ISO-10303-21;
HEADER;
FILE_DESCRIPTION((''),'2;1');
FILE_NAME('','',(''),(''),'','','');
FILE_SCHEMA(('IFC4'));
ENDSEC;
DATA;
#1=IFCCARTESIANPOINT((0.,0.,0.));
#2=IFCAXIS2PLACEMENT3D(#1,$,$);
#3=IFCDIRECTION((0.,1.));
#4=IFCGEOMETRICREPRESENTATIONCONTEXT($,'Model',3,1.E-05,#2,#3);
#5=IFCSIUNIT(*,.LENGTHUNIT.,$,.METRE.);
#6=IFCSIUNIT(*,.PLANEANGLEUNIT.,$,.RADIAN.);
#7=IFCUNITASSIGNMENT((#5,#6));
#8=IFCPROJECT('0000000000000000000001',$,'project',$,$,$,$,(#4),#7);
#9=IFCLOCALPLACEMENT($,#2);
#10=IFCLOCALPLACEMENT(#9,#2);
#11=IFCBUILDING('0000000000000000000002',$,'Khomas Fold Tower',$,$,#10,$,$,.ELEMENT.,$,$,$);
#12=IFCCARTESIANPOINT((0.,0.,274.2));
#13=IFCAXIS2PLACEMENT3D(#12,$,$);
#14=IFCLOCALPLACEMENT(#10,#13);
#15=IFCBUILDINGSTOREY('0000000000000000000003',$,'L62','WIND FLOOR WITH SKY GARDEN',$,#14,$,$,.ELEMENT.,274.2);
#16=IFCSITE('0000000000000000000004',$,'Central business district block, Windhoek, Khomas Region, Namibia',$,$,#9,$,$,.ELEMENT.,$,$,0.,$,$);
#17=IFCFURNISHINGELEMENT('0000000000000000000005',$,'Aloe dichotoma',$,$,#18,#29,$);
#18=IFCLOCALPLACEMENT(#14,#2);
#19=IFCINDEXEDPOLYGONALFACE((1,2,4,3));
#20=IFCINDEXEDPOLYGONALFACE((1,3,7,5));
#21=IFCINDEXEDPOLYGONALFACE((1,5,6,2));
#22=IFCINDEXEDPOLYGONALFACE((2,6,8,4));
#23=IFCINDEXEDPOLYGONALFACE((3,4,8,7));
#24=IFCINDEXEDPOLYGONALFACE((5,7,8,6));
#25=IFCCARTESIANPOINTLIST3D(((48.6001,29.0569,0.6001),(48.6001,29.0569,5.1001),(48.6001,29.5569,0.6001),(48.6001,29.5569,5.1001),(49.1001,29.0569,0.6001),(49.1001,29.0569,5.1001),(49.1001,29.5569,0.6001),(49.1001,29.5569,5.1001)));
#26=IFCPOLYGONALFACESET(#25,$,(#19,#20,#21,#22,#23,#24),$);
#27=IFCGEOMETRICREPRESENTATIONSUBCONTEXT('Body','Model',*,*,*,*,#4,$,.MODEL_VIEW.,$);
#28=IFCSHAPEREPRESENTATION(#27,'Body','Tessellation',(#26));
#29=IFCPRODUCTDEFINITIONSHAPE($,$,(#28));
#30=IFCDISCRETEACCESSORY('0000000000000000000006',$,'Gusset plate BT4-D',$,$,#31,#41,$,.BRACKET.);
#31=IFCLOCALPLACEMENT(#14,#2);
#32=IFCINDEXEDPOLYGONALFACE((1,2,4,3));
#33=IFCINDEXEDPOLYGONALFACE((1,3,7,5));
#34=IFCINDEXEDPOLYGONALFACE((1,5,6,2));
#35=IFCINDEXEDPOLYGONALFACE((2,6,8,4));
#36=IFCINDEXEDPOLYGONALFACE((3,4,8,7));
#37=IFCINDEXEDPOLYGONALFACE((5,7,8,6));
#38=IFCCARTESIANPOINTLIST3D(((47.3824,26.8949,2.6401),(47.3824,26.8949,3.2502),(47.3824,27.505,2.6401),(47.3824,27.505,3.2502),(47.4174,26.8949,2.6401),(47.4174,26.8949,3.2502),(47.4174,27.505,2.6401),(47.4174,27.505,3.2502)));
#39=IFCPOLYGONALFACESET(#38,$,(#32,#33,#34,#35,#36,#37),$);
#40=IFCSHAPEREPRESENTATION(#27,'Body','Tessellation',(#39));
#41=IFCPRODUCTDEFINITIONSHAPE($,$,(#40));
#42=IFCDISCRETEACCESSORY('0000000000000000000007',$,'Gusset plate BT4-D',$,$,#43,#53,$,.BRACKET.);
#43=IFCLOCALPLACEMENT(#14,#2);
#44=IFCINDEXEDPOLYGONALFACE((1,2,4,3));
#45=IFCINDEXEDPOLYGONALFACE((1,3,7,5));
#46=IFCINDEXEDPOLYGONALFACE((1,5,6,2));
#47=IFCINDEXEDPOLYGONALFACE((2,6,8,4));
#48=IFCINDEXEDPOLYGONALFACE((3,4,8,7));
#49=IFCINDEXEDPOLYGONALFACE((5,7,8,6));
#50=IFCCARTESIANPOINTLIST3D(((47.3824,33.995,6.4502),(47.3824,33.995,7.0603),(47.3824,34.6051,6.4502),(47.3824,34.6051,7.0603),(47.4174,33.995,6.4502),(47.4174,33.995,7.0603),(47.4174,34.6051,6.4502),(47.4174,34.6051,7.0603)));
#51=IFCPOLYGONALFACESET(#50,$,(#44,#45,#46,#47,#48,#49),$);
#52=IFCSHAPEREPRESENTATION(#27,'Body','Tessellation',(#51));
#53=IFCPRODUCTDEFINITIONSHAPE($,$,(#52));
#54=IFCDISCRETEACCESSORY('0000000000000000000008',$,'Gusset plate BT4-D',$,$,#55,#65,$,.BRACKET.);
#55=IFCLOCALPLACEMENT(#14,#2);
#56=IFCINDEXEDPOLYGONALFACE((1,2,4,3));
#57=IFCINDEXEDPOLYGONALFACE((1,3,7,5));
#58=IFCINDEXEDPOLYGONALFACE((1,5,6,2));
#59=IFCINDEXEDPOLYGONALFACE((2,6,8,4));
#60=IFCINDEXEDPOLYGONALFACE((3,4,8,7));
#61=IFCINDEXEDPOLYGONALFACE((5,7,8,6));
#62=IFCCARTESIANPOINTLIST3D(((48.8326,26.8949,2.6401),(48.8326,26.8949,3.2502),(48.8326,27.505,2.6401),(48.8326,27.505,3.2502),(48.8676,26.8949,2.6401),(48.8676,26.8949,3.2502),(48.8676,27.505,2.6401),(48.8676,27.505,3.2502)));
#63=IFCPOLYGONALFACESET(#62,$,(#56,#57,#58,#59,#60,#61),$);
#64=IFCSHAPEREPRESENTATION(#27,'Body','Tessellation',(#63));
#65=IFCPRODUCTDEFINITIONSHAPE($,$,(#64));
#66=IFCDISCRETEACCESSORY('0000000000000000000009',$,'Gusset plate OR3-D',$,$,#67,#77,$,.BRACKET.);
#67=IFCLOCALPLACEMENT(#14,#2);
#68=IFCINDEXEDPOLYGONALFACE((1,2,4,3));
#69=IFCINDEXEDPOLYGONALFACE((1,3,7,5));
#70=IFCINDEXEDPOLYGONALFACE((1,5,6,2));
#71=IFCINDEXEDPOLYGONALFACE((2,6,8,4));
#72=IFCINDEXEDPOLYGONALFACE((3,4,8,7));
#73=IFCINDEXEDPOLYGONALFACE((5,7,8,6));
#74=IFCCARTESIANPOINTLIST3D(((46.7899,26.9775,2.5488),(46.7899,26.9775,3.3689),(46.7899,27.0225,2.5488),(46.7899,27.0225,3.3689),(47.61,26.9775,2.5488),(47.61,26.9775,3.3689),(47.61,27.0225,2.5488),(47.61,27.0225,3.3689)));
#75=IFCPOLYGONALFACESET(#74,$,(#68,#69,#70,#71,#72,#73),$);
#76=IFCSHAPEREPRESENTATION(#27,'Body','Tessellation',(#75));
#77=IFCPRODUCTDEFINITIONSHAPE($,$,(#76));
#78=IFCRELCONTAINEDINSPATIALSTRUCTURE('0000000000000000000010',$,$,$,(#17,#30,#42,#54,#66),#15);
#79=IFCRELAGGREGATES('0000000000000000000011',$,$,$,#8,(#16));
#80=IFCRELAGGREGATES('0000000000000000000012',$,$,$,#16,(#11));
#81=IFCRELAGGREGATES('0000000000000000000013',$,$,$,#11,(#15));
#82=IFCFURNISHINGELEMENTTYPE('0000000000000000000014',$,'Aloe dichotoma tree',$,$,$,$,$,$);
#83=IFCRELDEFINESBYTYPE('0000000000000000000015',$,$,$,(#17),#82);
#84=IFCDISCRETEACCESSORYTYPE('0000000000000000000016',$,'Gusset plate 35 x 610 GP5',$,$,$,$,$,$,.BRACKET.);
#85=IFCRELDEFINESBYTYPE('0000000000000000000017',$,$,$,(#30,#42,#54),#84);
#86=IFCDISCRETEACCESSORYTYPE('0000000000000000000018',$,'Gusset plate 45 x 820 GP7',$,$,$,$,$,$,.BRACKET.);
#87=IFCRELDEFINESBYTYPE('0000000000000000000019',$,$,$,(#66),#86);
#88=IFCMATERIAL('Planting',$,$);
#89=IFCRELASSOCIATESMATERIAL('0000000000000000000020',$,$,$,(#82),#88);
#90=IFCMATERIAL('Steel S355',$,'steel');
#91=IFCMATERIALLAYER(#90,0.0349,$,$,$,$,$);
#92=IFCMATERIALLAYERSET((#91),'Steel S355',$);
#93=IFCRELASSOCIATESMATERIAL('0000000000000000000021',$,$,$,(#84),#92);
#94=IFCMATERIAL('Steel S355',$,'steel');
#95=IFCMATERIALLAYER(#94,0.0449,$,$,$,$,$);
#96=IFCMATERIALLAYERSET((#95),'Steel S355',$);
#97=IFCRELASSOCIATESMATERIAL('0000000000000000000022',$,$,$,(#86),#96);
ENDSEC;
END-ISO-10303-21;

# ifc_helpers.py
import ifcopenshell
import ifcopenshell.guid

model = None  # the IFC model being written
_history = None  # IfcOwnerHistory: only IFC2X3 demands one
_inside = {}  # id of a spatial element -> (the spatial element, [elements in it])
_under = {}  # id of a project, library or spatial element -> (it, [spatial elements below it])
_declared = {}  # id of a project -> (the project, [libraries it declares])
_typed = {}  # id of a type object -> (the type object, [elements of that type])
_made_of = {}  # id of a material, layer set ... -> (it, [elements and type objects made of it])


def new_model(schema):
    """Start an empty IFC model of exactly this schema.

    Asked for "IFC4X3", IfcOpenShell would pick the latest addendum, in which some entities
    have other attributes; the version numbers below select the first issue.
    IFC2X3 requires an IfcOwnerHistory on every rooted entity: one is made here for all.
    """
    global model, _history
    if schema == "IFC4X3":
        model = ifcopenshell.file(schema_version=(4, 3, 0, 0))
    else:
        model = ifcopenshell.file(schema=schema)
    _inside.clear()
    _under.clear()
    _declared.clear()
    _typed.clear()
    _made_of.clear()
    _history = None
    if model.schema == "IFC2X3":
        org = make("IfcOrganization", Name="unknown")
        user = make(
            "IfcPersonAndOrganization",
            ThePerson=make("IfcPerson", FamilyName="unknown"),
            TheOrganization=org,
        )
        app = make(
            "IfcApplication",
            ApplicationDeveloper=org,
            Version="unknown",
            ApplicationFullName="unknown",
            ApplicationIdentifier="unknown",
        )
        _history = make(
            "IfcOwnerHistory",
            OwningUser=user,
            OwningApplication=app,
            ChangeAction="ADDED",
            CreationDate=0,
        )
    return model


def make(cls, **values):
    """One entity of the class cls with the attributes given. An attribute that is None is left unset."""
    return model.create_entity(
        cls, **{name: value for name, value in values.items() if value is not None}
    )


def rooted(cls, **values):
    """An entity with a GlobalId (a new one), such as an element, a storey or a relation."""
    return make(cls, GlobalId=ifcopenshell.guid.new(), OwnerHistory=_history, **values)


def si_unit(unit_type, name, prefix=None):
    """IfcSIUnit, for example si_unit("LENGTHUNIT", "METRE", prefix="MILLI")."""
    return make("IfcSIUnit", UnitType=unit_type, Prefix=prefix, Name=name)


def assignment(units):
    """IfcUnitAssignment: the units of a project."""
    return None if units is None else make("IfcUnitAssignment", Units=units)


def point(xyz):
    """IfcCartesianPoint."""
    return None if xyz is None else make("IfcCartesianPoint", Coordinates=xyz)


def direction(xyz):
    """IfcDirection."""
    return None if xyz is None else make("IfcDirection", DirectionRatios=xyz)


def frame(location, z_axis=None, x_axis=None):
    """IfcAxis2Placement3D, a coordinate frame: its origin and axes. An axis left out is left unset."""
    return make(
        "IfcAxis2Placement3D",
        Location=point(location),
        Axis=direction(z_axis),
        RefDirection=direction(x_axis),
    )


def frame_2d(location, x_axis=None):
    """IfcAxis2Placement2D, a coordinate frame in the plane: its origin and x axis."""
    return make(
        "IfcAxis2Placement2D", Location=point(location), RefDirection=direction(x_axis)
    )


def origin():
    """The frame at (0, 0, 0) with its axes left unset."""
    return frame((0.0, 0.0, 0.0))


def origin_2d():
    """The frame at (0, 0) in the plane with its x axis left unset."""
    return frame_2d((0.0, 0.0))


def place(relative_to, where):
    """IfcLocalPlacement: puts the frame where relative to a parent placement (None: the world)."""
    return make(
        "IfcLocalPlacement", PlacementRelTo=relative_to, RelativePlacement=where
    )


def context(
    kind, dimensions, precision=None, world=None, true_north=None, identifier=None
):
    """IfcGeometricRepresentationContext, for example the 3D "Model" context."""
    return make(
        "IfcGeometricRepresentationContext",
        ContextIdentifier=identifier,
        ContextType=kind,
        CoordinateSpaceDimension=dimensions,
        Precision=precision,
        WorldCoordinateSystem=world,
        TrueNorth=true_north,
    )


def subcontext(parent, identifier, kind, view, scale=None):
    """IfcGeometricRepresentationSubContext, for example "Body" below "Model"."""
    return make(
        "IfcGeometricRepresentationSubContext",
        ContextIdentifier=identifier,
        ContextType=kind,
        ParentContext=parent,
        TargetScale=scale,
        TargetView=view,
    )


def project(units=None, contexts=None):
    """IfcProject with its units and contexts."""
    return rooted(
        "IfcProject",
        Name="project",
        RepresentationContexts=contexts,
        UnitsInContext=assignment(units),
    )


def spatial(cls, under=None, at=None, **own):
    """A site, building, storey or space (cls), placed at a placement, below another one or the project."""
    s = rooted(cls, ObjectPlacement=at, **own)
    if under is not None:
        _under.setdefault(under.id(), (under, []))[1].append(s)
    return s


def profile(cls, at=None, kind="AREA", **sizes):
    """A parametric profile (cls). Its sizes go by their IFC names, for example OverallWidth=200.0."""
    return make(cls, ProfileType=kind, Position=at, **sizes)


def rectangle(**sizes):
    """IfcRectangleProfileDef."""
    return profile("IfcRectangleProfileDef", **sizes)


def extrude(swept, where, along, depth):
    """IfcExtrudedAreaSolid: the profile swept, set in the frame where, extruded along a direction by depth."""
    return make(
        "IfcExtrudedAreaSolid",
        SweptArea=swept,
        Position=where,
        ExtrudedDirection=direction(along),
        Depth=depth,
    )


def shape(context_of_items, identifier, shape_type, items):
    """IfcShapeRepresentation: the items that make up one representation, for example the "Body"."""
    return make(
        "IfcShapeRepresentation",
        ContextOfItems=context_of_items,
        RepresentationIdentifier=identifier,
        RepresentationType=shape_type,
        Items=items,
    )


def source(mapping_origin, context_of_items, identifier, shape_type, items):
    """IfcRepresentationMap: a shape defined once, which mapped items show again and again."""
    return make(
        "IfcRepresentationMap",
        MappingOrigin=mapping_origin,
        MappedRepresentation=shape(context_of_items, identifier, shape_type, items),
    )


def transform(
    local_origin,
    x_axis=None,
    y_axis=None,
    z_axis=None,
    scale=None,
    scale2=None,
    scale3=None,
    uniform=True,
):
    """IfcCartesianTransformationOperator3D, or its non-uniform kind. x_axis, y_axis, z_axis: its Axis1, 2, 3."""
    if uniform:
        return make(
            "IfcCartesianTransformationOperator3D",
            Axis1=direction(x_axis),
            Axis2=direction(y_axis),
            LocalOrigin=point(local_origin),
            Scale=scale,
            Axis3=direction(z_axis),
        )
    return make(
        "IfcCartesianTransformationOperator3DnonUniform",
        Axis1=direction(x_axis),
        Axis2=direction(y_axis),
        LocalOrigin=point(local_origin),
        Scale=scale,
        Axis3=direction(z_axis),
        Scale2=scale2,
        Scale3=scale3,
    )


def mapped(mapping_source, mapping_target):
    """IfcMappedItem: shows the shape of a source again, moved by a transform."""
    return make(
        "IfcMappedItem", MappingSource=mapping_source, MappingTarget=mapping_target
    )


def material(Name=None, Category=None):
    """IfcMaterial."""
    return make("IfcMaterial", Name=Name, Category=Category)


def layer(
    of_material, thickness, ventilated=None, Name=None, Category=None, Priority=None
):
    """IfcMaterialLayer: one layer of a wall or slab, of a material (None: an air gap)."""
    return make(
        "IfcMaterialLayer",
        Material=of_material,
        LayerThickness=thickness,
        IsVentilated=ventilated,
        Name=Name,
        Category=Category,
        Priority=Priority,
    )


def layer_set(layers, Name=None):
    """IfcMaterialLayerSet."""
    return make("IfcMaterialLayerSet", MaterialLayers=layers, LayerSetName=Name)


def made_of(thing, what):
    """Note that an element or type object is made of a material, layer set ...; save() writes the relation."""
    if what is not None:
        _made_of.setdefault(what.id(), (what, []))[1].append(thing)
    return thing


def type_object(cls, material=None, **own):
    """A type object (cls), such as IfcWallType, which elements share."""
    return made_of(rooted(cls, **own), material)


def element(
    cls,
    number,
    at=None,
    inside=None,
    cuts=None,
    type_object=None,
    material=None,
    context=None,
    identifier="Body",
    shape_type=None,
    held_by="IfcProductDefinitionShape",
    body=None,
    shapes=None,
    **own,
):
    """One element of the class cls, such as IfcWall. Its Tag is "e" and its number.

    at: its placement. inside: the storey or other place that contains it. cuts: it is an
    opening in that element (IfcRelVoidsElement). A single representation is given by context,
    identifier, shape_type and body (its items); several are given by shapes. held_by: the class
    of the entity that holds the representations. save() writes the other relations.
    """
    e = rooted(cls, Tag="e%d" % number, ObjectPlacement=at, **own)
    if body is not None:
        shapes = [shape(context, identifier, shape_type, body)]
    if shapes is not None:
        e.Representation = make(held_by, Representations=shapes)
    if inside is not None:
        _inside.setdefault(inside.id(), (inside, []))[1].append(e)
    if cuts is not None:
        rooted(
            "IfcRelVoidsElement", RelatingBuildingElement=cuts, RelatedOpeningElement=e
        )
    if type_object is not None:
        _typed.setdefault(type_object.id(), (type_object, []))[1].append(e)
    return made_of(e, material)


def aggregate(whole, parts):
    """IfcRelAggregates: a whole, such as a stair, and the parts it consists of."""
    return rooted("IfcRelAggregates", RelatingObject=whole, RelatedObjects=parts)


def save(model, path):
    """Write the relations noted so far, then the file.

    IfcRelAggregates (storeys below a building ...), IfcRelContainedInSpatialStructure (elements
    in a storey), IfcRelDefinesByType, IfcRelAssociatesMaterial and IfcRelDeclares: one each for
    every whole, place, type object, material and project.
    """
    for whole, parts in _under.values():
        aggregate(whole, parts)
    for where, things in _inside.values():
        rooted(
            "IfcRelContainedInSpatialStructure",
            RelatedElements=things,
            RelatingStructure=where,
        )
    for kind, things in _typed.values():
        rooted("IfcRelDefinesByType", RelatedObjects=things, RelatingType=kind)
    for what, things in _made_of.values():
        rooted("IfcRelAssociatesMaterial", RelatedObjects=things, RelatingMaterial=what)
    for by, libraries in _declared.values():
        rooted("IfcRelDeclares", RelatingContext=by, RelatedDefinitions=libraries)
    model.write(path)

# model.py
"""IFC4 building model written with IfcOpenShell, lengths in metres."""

from ifc_helpers import new_model, si_unit, direction, frame, origin, origin_2d, place, context, subcontext, project, spatial, rectangle, extrude, source, transform, mapped, material, layer, layer_set, type_object, element, save


model = new_model("IFC4")

# Units and contexts
model_context = context("Model", 3, precision=1e-05, world=origin(), true_north=direction((0.0, 1.0)))
body_context = subcontext(model_context, "Body", "Model", "MODEL_VIEW")
ifc_project = project(units=[si_unit("LENGTHUNIT", "METRE"), si_unit("PLANEANGLEUNIT", "RADIAN")], contexts=[model_context])

# Site, building, storey
site_placement = place(None, origin())
site = spatial("IfcSite", under=ifc_project, at=site_placement, Name="Central business district block, Windhoek, Khomas Region, Namibia", CompositionType="ELEMENT", RefElevation=0.0)
building_placement = place(site_placement, origin())
building = spatial("IfcBuilding", under=site, at=building_placement, Name="Khomas Fold Tower", CompositionType="ELEMENT")
storey_placement = place(building_placement, frame((0.0, 0.0, 274.2)))
storey = spatial("IfcBuildingStorey", under=building, at=storey_placement, Name="L62", Description="WIND FLOOR WITH SKY GARDEN", CompositionType="ELEMENT", Elevation=274.2)

# Furnishing element
ifc_material_1 = material(Name="Planting")
furnishing_element_type_1 = type_object("IfcFurnishingElementType", Name="Aloe dichotoma tree", material=ifc_material_1)
shared_shape_1 = source(origin(), body_context, "Body", "SweptSolid", [
    extrude(rectangle(XDim=0.5, YDim=0.5, at=origin_2d()), origin(), (0.0, 0.0, 1.0), 4.5),
])
furnishing_1_placement = place(storey_placement, frame((48.8501, 29.3069, 0.6001), z_axis=(0.0, 0.0, 1.0), x_axis=(1.0, 0.0, 0.0)))
element("IfcFurnishingElement", 1, at=furnishing_1_placement, inside=storey, type_object=furnishing_element_type_1, Name="Aloe dichotoma", context=body_context, shape_type="MappedRepresentation", body=[
    mapped(shared_shape_1, transform((0.0, 0.0, 0.0))),
])

# Discrete accessories
ifc_material_2 = material(Name="Steel S355", Category="steel")
ifc_layer_1 = layer(ifc_material_2, 0.0349)
ifc_layer_set_1 = layer_set([ifc_layer_1], Name="Steel S355")
discrete_accessory_type_1 = type_object("IfcDiscreteAccessoryType", Name="Gusset plate 35 x 610 GP5", PredefinedType="BRACKET", material=ifc_layer_set_1)
shared_shape_2 = source(origin(), body_context, "Body", "SweptSolid", [
    extrude(rectangle(XDim=0.6101, YDim=0.0349, at=origin_2d()), origin(), (0.0, 0.0, 1.0), 0.6101),
])
for number, where, z_axis, x_axis, name in (
    (2, (47.3999, 27.2, 2.6401), (0.0, 0.0, 1.0), (0.0, 1.0, 0.0), "Gusset plate BT4-D"),
    (3, (47.3999, 34.3, 6.4502), (0.0, 0.0, 1.0), (0.0, 1.0, 0.0), "Gusset plate BT4-D"),
    (4, (48.8501, 27.2, 2.6401), (0.0, 0.0, 1.0), (0.0, 1.0, 0.0), "Gusset plate BT4-D"),
):
    element("IfcDiscreteAccessory", number, at=place(storey_placement, frame(where, z_axis=z_axis, x_axis=x_axis)), inside=storey, type_object=discrete_accessory_type_1, Name=name, PredefinedType="BRACKET", context=body_context, shape_type="MappedRepresentation", body=[
        mapped(shared_shape_2, transform((0.0, 0.0, 0.0))),
    ])
ifc_material_3 = material(Name="Steel S355", Category="steel")
ifc_layer_2 = layer(ifc_material_3, 0.0449)
ifc_layer_set_2 = layer_set([ifc_layer_2], Name="Steel S355")
discrete_accessory_type_2 = type_object("IfcDiscreteAccessoryType", Name="Gusset plate 45 x 820 GP7", PredefinedType="BRACKET", material=ifc_layer_set_2)
shared_shape_3 = source(origin(), body_context, "Body", "SweptSolid", [
    extrude(rectangle(XDim=0.8201, YDim=0.0449, at=origin_2d()), origin(), (0.0, 0.0, 1.0), 0.8201),
])
discrete_accessory_placement = place(storey_placement, frame((47.2, 27.0, 2.5488), z_axis=(0.0, 0.0, 1.0), x_axis=(1.0, 0.0, 0.0)))
element("IfcDiscreteAccessory", 5, at=discrete_accessory_placement, inside=storey, type_object=discrete_accessory_type_2, Name="Gusset plate OR3-D", PredefinedType="BRACKET", context=body_context, shape_type="MappedRepresentation", body=[
    mapped(shared_shape_3, transform((0.0, 0.0, 0.0))),
])

save(model, "model.ifc")
